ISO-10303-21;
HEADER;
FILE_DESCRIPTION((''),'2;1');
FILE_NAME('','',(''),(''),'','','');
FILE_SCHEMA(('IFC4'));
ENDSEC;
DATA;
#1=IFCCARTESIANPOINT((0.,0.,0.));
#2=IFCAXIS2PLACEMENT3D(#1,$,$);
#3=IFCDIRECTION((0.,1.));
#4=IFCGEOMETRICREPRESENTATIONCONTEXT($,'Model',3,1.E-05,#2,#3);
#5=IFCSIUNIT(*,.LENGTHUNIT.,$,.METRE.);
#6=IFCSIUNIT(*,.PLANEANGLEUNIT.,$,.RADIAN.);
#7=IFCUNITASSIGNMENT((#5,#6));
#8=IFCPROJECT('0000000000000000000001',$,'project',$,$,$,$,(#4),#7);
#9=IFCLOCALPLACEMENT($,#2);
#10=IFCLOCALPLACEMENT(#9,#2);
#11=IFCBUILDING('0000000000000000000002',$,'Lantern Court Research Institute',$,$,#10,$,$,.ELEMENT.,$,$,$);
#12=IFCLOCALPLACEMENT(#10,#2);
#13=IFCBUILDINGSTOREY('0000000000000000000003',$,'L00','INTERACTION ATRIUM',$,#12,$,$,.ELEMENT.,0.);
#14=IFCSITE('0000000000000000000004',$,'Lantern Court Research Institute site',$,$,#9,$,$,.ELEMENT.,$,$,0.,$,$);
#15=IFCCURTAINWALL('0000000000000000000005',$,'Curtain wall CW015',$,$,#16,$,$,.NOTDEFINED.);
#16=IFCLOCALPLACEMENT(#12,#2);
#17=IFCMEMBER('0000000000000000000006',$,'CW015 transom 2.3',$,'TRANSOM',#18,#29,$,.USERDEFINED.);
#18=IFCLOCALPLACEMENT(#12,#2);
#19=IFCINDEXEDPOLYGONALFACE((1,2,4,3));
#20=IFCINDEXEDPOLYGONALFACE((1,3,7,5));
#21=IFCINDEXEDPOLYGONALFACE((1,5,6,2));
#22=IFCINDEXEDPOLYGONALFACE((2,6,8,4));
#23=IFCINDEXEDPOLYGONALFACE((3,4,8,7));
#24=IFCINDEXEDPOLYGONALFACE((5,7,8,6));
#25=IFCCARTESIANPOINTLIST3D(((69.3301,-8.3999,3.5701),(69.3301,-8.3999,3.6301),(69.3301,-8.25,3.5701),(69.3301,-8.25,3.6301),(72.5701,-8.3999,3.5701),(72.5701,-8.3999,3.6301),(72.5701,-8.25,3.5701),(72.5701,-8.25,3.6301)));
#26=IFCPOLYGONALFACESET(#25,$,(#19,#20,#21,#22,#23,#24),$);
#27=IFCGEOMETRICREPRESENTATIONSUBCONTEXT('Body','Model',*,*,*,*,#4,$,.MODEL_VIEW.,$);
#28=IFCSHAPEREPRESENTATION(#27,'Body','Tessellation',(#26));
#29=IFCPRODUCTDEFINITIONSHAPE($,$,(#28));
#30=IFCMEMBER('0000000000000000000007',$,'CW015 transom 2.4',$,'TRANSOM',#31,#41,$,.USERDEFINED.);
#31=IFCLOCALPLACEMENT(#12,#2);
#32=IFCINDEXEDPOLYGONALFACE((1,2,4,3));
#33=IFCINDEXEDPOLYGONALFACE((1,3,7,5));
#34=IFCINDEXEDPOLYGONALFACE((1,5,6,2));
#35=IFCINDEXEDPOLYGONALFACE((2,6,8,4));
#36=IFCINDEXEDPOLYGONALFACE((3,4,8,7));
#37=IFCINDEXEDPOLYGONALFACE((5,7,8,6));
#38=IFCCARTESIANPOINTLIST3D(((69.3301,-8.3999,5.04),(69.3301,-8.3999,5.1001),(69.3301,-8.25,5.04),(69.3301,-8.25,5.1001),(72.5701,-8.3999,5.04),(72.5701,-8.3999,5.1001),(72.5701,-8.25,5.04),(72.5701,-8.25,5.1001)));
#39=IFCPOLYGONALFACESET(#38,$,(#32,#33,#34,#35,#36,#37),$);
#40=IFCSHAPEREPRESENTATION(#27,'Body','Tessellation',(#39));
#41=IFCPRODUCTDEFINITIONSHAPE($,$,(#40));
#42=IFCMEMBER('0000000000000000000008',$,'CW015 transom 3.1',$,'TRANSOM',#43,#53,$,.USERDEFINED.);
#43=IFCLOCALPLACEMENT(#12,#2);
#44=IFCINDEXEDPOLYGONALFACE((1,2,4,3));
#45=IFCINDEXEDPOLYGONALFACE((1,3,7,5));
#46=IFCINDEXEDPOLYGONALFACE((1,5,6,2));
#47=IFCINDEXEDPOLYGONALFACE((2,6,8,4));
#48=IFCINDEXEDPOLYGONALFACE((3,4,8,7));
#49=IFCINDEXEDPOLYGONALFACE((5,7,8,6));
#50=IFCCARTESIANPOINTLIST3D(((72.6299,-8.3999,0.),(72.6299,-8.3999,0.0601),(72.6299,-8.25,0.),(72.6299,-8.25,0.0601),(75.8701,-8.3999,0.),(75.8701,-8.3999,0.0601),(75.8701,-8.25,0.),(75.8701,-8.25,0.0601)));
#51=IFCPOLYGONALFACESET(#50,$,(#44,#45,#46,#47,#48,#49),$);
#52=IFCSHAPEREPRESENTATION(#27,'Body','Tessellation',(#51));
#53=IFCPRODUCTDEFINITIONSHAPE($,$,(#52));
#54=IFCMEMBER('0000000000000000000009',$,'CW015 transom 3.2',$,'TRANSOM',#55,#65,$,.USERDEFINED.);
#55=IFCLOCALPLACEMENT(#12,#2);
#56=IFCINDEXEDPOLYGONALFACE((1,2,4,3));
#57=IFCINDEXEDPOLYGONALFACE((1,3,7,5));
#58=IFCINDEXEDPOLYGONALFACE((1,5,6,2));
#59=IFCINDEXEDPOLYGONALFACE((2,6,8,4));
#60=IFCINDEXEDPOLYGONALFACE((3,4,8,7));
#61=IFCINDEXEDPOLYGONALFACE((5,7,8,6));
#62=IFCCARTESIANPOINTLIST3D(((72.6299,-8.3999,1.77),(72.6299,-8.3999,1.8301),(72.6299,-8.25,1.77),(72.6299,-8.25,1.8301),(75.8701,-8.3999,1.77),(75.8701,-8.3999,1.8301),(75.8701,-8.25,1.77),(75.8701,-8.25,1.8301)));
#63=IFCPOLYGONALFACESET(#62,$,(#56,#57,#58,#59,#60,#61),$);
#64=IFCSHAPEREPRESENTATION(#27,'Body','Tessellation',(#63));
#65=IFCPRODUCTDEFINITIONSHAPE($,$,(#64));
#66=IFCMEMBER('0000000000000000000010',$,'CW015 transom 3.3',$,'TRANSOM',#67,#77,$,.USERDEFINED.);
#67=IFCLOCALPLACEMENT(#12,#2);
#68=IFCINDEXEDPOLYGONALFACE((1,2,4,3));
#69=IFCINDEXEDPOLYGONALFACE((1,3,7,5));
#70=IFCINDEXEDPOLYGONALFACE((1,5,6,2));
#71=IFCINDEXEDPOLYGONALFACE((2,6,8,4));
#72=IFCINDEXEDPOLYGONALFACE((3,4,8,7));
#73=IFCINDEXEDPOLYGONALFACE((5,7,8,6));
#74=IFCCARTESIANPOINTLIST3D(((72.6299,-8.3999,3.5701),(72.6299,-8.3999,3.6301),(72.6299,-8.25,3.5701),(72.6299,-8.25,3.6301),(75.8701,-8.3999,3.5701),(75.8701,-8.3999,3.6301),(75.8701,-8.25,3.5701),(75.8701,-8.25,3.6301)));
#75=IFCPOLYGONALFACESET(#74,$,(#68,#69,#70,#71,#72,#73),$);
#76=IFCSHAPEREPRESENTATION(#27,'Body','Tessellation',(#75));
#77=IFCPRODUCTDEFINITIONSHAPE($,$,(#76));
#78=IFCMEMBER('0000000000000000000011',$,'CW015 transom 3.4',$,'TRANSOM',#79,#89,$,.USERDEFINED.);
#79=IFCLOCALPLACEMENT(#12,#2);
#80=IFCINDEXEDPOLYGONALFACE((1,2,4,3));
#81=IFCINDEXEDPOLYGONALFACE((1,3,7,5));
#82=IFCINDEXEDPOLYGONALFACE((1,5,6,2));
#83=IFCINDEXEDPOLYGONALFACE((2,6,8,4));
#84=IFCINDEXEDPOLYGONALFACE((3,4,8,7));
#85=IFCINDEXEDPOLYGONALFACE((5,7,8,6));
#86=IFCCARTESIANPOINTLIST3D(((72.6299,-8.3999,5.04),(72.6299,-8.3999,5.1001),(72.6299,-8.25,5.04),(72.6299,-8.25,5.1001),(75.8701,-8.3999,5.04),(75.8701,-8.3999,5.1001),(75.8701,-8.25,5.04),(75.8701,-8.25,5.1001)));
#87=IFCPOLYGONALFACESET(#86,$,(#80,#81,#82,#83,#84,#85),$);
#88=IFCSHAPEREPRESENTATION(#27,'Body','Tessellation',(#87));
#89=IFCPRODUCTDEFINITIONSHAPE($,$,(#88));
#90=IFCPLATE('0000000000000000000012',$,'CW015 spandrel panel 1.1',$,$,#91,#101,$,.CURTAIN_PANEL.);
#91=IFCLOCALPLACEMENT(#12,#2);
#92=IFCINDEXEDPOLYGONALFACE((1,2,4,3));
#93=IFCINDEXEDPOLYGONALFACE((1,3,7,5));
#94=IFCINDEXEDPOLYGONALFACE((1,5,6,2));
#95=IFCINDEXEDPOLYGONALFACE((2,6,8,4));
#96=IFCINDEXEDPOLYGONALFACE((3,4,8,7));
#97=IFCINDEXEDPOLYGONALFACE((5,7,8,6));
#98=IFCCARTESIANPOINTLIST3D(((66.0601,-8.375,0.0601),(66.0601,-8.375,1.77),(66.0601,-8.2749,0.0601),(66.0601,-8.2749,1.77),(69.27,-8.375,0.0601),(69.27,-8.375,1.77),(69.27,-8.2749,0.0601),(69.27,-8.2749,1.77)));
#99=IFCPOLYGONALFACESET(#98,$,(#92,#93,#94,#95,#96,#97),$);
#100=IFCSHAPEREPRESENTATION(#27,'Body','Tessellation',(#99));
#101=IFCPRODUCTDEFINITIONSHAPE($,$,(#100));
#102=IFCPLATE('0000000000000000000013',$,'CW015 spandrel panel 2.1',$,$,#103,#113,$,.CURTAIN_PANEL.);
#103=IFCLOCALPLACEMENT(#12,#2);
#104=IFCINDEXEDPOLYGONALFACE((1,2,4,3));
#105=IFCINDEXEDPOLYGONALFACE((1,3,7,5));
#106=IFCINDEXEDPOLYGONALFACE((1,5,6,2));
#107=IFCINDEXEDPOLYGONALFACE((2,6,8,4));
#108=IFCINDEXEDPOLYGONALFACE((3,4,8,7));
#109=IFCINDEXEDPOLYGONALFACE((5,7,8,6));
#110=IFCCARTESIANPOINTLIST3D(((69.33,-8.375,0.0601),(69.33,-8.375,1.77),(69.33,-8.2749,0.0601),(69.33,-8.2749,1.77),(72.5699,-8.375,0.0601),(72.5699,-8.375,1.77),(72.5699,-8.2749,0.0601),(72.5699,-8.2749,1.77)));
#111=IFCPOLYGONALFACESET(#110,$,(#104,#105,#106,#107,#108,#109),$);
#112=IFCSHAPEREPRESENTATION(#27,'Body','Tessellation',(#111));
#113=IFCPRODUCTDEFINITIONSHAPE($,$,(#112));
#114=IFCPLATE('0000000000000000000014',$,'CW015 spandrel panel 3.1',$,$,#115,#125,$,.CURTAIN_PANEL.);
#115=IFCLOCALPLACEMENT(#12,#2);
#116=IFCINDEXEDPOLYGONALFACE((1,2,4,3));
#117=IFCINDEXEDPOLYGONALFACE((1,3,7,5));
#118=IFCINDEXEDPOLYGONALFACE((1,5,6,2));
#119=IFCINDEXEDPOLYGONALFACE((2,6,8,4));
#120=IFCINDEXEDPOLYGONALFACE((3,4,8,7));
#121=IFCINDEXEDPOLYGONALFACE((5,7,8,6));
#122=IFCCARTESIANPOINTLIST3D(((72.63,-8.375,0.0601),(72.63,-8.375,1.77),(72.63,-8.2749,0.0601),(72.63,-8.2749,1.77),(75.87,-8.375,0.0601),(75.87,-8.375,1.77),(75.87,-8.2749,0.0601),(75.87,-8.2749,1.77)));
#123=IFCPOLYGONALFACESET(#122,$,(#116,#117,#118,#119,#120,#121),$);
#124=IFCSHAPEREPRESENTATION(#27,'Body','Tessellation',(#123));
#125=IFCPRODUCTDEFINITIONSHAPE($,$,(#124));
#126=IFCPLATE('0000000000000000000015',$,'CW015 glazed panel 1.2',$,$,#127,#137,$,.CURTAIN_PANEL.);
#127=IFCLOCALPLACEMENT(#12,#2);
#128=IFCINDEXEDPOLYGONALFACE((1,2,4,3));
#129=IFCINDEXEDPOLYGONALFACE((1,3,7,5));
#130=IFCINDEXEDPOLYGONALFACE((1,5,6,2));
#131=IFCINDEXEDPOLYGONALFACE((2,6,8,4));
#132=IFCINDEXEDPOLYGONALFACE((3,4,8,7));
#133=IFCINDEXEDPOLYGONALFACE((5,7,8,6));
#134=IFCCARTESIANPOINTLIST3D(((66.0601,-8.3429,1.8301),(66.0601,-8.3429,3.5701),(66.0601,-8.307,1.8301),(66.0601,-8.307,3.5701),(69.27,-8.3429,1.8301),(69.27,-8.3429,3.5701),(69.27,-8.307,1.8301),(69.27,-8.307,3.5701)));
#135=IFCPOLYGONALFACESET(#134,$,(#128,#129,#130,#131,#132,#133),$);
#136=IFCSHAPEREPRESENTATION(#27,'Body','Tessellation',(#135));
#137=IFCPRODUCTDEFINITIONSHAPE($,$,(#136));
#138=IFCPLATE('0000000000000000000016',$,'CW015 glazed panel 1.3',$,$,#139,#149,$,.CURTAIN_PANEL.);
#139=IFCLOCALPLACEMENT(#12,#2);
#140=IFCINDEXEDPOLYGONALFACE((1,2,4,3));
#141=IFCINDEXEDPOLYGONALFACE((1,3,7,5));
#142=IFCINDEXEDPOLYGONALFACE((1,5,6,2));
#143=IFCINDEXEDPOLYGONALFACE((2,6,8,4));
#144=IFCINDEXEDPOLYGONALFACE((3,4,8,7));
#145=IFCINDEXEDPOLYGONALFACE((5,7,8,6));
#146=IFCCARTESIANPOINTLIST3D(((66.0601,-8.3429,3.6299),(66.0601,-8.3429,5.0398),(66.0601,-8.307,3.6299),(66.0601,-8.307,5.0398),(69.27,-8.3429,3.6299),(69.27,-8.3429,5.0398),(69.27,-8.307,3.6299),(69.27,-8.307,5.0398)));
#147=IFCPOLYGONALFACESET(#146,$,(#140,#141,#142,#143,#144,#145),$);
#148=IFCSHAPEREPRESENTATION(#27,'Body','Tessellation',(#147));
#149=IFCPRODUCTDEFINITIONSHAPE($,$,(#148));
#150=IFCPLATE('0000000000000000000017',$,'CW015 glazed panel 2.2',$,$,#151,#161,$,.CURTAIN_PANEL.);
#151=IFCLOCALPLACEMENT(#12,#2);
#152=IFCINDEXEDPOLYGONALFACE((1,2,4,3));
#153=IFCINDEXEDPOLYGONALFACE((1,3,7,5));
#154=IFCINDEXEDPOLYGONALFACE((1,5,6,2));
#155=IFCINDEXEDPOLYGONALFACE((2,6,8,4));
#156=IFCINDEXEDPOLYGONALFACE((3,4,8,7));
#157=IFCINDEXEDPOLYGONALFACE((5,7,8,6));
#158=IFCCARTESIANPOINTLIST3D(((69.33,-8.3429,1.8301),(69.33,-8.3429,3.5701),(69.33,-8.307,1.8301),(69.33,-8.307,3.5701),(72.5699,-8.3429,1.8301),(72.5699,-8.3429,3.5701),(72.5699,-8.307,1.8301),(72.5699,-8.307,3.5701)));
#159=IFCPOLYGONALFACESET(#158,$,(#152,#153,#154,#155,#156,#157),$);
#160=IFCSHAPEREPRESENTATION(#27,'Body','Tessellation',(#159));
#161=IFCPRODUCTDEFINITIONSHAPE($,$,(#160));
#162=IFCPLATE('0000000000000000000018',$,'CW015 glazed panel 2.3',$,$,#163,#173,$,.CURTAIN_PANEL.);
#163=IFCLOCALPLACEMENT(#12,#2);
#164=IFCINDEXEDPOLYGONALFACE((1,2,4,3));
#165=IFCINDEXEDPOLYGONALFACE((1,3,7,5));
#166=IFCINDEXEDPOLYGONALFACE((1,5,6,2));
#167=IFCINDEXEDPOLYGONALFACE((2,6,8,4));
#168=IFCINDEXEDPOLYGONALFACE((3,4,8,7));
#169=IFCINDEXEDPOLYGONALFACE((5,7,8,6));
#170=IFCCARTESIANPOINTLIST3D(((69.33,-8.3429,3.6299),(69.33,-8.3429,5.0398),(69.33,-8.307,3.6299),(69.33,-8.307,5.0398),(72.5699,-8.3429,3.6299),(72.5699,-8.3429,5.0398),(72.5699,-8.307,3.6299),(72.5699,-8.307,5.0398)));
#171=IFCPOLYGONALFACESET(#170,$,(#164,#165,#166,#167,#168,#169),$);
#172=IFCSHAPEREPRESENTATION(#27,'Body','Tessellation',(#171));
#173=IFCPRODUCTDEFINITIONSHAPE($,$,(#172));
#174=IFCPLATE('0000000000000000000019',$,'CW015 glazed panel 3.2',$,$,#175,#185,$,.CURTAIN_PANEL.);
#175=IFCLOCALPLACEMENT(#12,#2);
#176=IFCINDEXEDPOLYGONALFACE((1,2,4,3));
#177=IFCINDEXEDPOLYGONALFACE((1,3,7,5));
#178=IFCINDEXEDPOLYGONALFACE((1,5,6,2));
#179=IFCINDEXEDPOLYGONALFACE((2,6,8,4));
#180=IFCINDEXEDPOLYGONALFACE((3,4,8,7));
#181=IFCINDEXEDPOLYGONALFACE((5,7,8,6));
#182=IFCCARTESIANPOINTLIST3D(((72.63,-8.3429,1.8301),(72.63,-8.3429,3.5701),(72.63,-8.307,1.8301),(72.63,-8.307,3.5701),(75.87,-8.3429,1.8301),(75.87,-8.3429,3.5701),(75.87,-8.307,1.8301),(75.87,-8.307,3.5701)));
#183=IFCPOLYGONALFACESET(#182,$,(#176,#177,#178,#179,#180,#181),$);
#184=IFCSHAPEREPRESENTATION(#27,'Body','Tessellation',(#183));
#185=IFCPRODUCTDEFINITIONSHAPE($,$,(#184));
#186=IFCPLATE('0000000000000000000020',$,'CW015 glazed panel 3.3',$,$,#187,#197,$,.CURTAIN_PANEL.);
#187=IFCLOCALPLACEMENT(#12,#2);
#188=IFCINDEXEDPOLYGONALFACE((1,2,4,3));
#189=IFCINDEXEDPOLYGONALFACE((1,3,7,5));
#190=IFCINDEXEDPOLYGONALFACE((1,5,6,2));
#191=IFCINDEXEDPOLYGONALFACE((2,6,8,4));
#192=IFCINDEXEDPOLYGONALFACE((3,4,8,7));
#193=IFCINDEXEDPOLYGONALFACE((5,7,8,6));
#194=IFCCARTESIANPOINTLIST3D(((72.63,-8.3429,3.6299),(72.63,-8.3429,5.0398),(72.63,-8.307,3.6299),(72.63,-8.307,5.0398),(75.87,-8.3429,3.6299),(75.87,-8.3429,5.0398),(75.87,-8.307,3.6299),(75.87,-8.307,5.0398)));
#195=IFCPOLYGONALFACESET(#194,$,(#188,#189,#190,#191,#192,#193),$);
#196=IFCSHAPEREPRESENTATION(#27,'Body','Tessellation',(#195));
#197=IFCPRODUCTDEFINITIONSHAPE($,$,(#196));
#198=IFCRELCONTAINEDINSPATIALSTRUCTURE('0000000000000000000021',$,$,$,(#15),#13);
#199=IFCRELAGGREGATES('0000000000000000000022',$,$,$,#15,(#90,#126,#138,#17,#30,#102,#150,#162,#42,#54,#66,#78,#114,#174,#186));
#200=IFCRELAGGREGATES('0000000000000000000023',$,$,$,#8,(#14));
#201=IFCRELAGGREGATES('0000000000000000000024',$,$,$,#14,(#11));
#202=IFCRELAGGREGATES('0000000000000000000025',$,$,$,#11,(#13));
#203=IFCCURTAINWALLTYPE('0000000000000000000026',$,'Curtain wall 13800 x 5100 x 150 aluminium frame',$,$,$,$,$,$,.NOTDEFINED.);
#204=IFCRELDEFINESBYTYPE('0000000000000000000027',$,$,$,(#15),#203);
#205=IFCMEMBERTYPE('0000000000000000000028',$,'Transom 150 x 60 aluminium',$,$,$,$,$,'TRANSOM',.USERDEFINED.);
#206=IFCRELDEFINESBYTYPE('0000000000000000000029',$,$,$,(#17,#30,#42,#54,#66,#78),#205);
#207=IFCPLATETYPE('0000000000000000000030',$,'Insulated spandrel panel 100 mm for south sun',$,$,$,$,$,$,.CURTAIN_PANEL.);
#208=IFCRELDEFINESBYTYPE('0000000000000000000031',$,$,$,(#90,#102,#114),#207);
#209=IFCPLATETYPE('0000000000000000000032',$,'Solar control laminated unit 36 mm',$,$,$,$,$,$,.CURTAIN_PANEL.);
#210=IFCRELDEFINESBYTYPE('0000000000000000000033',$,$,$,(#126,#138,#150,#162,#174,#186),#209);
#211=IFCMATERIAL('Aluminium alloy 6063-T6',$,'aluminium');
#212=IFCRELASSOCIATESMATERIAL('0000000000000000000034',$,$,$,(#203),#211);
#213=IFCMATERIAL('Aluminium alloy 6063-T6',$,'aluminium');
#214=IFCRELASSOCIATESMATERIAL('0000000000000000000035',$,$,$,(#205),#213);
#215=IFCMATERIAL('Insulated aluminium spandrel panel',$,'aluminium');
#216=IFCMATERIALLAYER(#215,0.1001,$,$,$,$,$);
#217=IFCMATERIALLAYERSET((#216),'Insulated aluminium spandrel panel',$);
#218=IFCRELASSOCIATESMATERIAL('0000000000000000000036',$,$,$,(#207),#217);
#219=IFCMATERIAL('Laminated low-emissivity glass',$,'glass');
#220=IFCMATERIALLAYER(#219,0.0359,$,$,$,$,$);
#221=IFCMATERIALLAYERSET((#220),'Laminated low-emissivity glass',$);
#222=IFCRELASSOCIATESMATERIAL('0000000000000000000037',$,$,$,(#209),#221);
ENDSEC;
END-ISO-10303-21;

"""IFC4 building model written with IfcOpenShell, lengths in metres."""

from ifc_helpers import new_model, si_unit, direction, frame, origin, origin_2d, place, context, subcontext, project, spatial, rectangle, extrude, material, layer, layer_set, material_profile, profile_set, type_object, element, aggregate, save


model = new_model("IFC4")

# Units and contexts
model_context = context("Model", 3, precision=1e-05, world=origin(), true_north=direction((0.0, 1.0)))
body_context = subcontext(model_context, "Body", "Model", "MODEL_VIEW")
ifc_project = project(units=[si_unit("LENGTHUNIT", "METRE"), si_unit("PLANEANGLEUNIT", "RADIAN")], contexts=[model_context])

# Site, building, storey
site_placement = place(None, origin())
site = spatial("IfcSite", under=ifc_project, at=site_placement, Name="Lantern Court Research Institute site", CompositionType="ELEMENT", RefElevation=0.0)
building_placement = place(site_placement, origin())
building = spatial("IfcBuilding", under=site, at=building_placement, Name="Lantern Court Research Institute", CompositionType="ELEMENT")
storey_placement = place(building_placement, origin())
storey = spatial("IfcBuildingStorey", under=building, at=storey_placement, Name="L00", Description="INTERACTION ATRIUM", CompositionType="ELEMENT", Elevation=0.0)

# Curtain wall
ifc_material_1 = material(Name="Aluminium alloy 6063-T6", Category="aluminium")
curtain_wall_type = type_object("IfcCurtainWallType", Name="Curtain wall 13800 x 5100 x 150 aluminium frame", PredefinedType="NOTDEFINED", material=ifc_material_1)
curtain_wall_placement = place(storey_placement, origin())
curtain_wall = element("IfcCurtainWall", 1, at=curtain_wall_placement, inside=storey, type_object=curtain_wall_type, Name="Curtain wall CW015", PredefinedType="NOTDEFINED")

# Members
ifc_material_2 = material(Name="Aluminium alloy 6063-T6", Category="aluminium")
ifc_material_profile_1 = material_profile(ifc_material_2, rectangle(XDim=0.1499, YDim=0.0601, at=origin_2d()), Name="Transom 150 x 60")
ifc_profile_set_1 = profile_set([ifc_material_profile_1], Name="Aluminium alloy 6063-T6")
member_type_1 = type_object("IfcMemberType", Name="Transom 150 x 60 aluminium", ElementType="TRANSOM", PredefinedType="USERDEFINED", material=ifc_profile_set_1)
member_1_placement = place(storey_placement, frame((72.5701, -8.325, 3.6001), z_axis=(-1.0, 0.0, 0.0), x_axis=(0.0, -1.0, 0.0)))
member_1 = element("IfcMember", 2, at=member_1_placement, type_object=member_type_1, Name="CW015 transom 2.3", ObjectType="TRANSOM", PredefinedType="USERDEFINED", context=body_context, shape_type="SweptSolid", body=[
    extrude(rectangle(XDim=0.1499, YDim=0.0601, at=origin_2d()), origin(), (0.0, 0.0, 1.0), 3.24),
])
member_2_placement = place(storey_placement, frame((72.5701, -8.325, 5.0701), z_axis=(-1.0, 0.0, 0.0), x_axis=(0.0, -1.0, 0.0)))
member_2 = element("IfcMember", 3, at=member_2_placement, type_object=member_type_1, Name="CW015 transom 2.4", ObjectType="TRANSOM", PredefinedType="USERDEFINED", context=body_context, shape_type="SweptSolid", body=[
    extrude(rectangle(XDim=0.1499, YDim=0.0601, at=origin_2d()), origin(), (0.0, 0.0, 1.0), 3.24),
])
member_3_placement = place(storey_placement, frame((75.8701, -8.325, 0.03), z_axis=(-1.0, 0.0, 0.0), x_axis=(0.0, -1.0, 0.0)))
member_3 = element("IfcMember", 4, at=member_3_placement, type_object=member_type_1, Name="CW015 transom 3.1", ObjectType="TRANSOM", PredefinedType="USERDEFINED", context=body_context, shape_type="SweptSolid", body=[
    extrude(rectangle(XDim=0.1499, YDim=0.0601, at=origin_2d()), origin(), (0.0, 0.0, 1.0), 3.2402),
])
member_4_placement = place(storey_placement, frame((75.8701, -8.325, 1.8), z_axis=(-1.0, 0.0, 0.0), x_axis=(0.0, -1.0, 0.0)))
member_4 = element("IfcMember", 5, at=member_4_placement, type_object=member_type_1, Name="CW015 transom 3.2", ObjectType="TRANSOM", PredefinedType="USERDEFINED", context=body_context, shape_type="SweptSolid", body=[
    extrude(rectangle(XDim=0.1499, YDim=0.0601, at=origin_2d()), origin(), (0.0, 0.0, 1.0), 3.2402),
])
member_5_placement = place(storey_placement, frame((75.8701, -8.325, 3.6001), z_axis=(-1.0, 0.0, 0.0), x_axis=(0.0, -1.0, 0.0)))
member_5 = element("IfcMember", 6, at=member_5_placement, type_object=member_type_1, Name="CW015 transom 3.3", ObjectType="TRANSOM", PredefinedType="USERDEFINED", context=body_context, shape_type="SweptSolid", body=[
    extrude(rectangle(XDim=0.1499, YDim=0.0601, at=origin_2d()), origin(), (0.0, 0.0, 1.0), 3.2402),
])
member_6_placement = place(storey_placement, frame((75.8701, -8.325, 5.0701), z_axis=(-1.0, 0.0, 0.0), x_axis=(0.0, -1.0, 0.0)))
member_6 = element("IfcMember", 7, at=member_6_placement, type_object=member_type_1, Name="CW015 transom 3.4", ObjectType="TRANSOM", PredefinedType="USERDEFINED", context=body_context, shape_type="SweptSolid", body=[
    extrude(rectangle(XDim=0.1499, YDim=0.0601, at=origin_2d()), origin(), (0.0, 0.0, 1.0), 3.2402),
])

# Plates
ifc_material_3 = material(Name="Insulated aluminium spandrel panel", Category="aluminium")
ifc_layer_1 = layer(ifc_material_3, 0.1001)
ifc_layer_set_1 = layer_set([ifc_layer_1], Name="Insulated aluminium spandrel panel")
plate_type_1 = type_object("IfcPlateType", Name="Insulated spandrel panel 100 mm for south sun", PredefinedType="CURTAIN_PANEL", material=ifc_layer_set_1)
plate_1_placement = place(storey_placement, frame((67.665, -8.325, 0.0601), z_axis=(0.0, 0.0, 1.0), x_axis=(-1.0, 0.0, 0.0)))
plate_1 = element("IfcPlate", 8, at=plate_1_placement, type_object=plate_type_1, Name="CW015 spandrel panel 1.1", PredefinedType="CURTAIN_PANEL", context=body_context, shape_type="SweptSolid", body=[
    extrude(rectangle(XDim=3.21, YDim=0.1001, at=origin_2d()), origin(), (0.0, 0.0, 1.0), 1.71),
])
plate_2_placement = place(storey_placement, frame((70.95, -8.325, 0.0601), z_axis=(0.0, 0.0, 1.0), x_axis=(-1.0, 0.0, 0.0)))
plate_2 = element("IfcPlate", 9, at=plate_2_placement, type_object=plate_type_1, Name="CW015 spandrel panel 2.1", PredefinedType="CURTAIN_PANEL", context=body_context, shape_type="SweptSolid", body=[
    extrude(rectangle(XDim=3.24, YDim=0.1001, at=origin_2d()), origin(), (0.0, 0.0, 1.0), 1.71),
])
plate_3_placement = place(storey_placement, frame((74.25, -8.325, 0.0601), z_axis=(0.0, 0.0, 1.0), x_axis=(-1.0, 0.0, 0.0)))
plate_3 = element("IfcPlate", 10, at=plate_3_placement, type_object=plate_type_1, Name="CW015 spandrel panel 3.1", PredefinedType="CURTAIN_PANEL", context=body_context, shape_type="SweptSolid", body=[
    extrude(rectangle(XDim=3.24, YDim=0.1001, at=origin_2d()), origin(), (0.0, 0.0, 1.0), 1.71),
])
ifc_material_4 = material(Name="Laminated low-emissivity glass", Category="glass")
ifc_layer_2 = layer(ifc_material_4, 0.0359)
ifc_layer_set_2 = layer_set([ifc_layer_2], Name="Laminated low-emissivity glass")
plate_type_2 = type_object("IfcPlateType", Name="Solar control laminated unit 36 mm", PredefinedType="CURTAIN_PANEL", material=ifc_layer_set_2)
plate_4_placement = place(storey_placement, frame((67.665, -8.325, 1.8301), z_axis=(0.0, 0.0, 1.0), x_axis=(-1.0, 0.0, 0.0)))
plate_4 = element("IfcPlate", 11, at=plate_4_placement, type_object=plate_type_2, Name="CW015 glazed panel 1.2", PredefinedType="CURTAIN_PANEL", context=body_context, shape_type="SweptSolid", body=[
    extrude(rectangle(XDim=3.21, YDim=0.0359, at=origin_2d()), origin(), (0.0, 0.0, 1.0), 1.74),
])
plate_5_placement = place(storey_placement, frame((67.665, -8.325, 3.6299), z_axis=(0.0, 0.0, 1.0), x_axis=(-1.0, 0.0, 0.0)))
plate_5 = element("IfcPlate", 12, at=plate_5_placement, type_object=plate_type_2, Name="CW015 glazed panel 1.3", PredefinedType="CURTAIN_PANEL", context=body_context, shape_type="SweptSolid", body=[
    extrude(rectangle(XDim=3.21, YDim=0.0359, at=origin_2d()), origin(), (0.0, 0.0, 1.0), 1.4099),
])
plate_6_placement = place(storey_placement, frame((70.95, -8.325, 1.8301), z_axis=(0.0, 0.0, 1.0), x_axis=(-1.0, 0.0, 0.0)))
plate_6 = element("IfcPlate", 13, at=plate_6_placement, type_object=plate_type_2, Name="CW015 glazed panel 2.2", PredefinedType="CURTAIN_PANEL", context=body_context, shape_type="SweptSolid", body=[
    extrude(rectangle(XDim=3.24, YDim=0.0359, at=origin_2d()), origin(), (0.0, 0.0, 1.0), 1.74),
])
plate_7_placement = place(storey_placement, frame((70.95, -8.325, 3.6299), z_axis=(0.0, 0.0, 1.0), x_axis=(-1.0, 0.0, 0.0)))
plate_7 = element("IfcPlate", 14, at=plate_7_placement, type_object=plate_type_2, Name="CW015 glazed panel 2.3", PredefinedType="CURTAIN_PANEL", context=body_context, shape_type="SweptSolid", body=[
    extrude(rectangle(XDim=3.24, YDim=0.0359, at=origin_2d()), origin(), (0.0, 0.0, 1.0), 1.4099),
])
plate_8_placement = place(storey_placement, frame((74.25, -8.325, 1.8301), z_axis=(0.0, 0.0, 1.0), x_axis=(-1.0, 0.0, 0.0)))
plate_8 = element("IfcPlate", 15, at=plate_8_placement, type_object=plate_type_2, Name="CW015 glazed panel 3.2", PredefinedType="CURTAIN_PANEL", context=body_context, shape_type="SweptSolid", body=[
    extrude(rectangle(XDim=3.24, YDim=0.0359, at=origin_2d()), origin(), (0.0, 0.0, 1.0), 1.74),
])
plate_9_placement = place(storey_placement, frame((74.25, -8.325, 3.6299), z_axis=(0.0, 0.0, 1.0), x_axis=(-1.0, 0.0, 0.0)))
plate_9 = element("IfcPlate", 16, at=plate_9_placement, type_object=plate_type_2, Name="CW015 glazed panel 3.3", PredefinedType="CURTAIN_PANEL", context=body_context, shape_type="SweptSolid", body=[
    extrude(rectangle(XDim=3.24, YDim=0.0359, at=origin_2d()), origin(), (0.0, 0.0, 1.0), 1.4099),
])
aggregate(curtain_wall, [plate_1, plate_4, plate_5, member_1, member_2, plate_2, plate_6, plate_7, member_3, member_4, member_5, member_6, plate_3, plate_8, plate_9])

save(model, "model.ifc")
